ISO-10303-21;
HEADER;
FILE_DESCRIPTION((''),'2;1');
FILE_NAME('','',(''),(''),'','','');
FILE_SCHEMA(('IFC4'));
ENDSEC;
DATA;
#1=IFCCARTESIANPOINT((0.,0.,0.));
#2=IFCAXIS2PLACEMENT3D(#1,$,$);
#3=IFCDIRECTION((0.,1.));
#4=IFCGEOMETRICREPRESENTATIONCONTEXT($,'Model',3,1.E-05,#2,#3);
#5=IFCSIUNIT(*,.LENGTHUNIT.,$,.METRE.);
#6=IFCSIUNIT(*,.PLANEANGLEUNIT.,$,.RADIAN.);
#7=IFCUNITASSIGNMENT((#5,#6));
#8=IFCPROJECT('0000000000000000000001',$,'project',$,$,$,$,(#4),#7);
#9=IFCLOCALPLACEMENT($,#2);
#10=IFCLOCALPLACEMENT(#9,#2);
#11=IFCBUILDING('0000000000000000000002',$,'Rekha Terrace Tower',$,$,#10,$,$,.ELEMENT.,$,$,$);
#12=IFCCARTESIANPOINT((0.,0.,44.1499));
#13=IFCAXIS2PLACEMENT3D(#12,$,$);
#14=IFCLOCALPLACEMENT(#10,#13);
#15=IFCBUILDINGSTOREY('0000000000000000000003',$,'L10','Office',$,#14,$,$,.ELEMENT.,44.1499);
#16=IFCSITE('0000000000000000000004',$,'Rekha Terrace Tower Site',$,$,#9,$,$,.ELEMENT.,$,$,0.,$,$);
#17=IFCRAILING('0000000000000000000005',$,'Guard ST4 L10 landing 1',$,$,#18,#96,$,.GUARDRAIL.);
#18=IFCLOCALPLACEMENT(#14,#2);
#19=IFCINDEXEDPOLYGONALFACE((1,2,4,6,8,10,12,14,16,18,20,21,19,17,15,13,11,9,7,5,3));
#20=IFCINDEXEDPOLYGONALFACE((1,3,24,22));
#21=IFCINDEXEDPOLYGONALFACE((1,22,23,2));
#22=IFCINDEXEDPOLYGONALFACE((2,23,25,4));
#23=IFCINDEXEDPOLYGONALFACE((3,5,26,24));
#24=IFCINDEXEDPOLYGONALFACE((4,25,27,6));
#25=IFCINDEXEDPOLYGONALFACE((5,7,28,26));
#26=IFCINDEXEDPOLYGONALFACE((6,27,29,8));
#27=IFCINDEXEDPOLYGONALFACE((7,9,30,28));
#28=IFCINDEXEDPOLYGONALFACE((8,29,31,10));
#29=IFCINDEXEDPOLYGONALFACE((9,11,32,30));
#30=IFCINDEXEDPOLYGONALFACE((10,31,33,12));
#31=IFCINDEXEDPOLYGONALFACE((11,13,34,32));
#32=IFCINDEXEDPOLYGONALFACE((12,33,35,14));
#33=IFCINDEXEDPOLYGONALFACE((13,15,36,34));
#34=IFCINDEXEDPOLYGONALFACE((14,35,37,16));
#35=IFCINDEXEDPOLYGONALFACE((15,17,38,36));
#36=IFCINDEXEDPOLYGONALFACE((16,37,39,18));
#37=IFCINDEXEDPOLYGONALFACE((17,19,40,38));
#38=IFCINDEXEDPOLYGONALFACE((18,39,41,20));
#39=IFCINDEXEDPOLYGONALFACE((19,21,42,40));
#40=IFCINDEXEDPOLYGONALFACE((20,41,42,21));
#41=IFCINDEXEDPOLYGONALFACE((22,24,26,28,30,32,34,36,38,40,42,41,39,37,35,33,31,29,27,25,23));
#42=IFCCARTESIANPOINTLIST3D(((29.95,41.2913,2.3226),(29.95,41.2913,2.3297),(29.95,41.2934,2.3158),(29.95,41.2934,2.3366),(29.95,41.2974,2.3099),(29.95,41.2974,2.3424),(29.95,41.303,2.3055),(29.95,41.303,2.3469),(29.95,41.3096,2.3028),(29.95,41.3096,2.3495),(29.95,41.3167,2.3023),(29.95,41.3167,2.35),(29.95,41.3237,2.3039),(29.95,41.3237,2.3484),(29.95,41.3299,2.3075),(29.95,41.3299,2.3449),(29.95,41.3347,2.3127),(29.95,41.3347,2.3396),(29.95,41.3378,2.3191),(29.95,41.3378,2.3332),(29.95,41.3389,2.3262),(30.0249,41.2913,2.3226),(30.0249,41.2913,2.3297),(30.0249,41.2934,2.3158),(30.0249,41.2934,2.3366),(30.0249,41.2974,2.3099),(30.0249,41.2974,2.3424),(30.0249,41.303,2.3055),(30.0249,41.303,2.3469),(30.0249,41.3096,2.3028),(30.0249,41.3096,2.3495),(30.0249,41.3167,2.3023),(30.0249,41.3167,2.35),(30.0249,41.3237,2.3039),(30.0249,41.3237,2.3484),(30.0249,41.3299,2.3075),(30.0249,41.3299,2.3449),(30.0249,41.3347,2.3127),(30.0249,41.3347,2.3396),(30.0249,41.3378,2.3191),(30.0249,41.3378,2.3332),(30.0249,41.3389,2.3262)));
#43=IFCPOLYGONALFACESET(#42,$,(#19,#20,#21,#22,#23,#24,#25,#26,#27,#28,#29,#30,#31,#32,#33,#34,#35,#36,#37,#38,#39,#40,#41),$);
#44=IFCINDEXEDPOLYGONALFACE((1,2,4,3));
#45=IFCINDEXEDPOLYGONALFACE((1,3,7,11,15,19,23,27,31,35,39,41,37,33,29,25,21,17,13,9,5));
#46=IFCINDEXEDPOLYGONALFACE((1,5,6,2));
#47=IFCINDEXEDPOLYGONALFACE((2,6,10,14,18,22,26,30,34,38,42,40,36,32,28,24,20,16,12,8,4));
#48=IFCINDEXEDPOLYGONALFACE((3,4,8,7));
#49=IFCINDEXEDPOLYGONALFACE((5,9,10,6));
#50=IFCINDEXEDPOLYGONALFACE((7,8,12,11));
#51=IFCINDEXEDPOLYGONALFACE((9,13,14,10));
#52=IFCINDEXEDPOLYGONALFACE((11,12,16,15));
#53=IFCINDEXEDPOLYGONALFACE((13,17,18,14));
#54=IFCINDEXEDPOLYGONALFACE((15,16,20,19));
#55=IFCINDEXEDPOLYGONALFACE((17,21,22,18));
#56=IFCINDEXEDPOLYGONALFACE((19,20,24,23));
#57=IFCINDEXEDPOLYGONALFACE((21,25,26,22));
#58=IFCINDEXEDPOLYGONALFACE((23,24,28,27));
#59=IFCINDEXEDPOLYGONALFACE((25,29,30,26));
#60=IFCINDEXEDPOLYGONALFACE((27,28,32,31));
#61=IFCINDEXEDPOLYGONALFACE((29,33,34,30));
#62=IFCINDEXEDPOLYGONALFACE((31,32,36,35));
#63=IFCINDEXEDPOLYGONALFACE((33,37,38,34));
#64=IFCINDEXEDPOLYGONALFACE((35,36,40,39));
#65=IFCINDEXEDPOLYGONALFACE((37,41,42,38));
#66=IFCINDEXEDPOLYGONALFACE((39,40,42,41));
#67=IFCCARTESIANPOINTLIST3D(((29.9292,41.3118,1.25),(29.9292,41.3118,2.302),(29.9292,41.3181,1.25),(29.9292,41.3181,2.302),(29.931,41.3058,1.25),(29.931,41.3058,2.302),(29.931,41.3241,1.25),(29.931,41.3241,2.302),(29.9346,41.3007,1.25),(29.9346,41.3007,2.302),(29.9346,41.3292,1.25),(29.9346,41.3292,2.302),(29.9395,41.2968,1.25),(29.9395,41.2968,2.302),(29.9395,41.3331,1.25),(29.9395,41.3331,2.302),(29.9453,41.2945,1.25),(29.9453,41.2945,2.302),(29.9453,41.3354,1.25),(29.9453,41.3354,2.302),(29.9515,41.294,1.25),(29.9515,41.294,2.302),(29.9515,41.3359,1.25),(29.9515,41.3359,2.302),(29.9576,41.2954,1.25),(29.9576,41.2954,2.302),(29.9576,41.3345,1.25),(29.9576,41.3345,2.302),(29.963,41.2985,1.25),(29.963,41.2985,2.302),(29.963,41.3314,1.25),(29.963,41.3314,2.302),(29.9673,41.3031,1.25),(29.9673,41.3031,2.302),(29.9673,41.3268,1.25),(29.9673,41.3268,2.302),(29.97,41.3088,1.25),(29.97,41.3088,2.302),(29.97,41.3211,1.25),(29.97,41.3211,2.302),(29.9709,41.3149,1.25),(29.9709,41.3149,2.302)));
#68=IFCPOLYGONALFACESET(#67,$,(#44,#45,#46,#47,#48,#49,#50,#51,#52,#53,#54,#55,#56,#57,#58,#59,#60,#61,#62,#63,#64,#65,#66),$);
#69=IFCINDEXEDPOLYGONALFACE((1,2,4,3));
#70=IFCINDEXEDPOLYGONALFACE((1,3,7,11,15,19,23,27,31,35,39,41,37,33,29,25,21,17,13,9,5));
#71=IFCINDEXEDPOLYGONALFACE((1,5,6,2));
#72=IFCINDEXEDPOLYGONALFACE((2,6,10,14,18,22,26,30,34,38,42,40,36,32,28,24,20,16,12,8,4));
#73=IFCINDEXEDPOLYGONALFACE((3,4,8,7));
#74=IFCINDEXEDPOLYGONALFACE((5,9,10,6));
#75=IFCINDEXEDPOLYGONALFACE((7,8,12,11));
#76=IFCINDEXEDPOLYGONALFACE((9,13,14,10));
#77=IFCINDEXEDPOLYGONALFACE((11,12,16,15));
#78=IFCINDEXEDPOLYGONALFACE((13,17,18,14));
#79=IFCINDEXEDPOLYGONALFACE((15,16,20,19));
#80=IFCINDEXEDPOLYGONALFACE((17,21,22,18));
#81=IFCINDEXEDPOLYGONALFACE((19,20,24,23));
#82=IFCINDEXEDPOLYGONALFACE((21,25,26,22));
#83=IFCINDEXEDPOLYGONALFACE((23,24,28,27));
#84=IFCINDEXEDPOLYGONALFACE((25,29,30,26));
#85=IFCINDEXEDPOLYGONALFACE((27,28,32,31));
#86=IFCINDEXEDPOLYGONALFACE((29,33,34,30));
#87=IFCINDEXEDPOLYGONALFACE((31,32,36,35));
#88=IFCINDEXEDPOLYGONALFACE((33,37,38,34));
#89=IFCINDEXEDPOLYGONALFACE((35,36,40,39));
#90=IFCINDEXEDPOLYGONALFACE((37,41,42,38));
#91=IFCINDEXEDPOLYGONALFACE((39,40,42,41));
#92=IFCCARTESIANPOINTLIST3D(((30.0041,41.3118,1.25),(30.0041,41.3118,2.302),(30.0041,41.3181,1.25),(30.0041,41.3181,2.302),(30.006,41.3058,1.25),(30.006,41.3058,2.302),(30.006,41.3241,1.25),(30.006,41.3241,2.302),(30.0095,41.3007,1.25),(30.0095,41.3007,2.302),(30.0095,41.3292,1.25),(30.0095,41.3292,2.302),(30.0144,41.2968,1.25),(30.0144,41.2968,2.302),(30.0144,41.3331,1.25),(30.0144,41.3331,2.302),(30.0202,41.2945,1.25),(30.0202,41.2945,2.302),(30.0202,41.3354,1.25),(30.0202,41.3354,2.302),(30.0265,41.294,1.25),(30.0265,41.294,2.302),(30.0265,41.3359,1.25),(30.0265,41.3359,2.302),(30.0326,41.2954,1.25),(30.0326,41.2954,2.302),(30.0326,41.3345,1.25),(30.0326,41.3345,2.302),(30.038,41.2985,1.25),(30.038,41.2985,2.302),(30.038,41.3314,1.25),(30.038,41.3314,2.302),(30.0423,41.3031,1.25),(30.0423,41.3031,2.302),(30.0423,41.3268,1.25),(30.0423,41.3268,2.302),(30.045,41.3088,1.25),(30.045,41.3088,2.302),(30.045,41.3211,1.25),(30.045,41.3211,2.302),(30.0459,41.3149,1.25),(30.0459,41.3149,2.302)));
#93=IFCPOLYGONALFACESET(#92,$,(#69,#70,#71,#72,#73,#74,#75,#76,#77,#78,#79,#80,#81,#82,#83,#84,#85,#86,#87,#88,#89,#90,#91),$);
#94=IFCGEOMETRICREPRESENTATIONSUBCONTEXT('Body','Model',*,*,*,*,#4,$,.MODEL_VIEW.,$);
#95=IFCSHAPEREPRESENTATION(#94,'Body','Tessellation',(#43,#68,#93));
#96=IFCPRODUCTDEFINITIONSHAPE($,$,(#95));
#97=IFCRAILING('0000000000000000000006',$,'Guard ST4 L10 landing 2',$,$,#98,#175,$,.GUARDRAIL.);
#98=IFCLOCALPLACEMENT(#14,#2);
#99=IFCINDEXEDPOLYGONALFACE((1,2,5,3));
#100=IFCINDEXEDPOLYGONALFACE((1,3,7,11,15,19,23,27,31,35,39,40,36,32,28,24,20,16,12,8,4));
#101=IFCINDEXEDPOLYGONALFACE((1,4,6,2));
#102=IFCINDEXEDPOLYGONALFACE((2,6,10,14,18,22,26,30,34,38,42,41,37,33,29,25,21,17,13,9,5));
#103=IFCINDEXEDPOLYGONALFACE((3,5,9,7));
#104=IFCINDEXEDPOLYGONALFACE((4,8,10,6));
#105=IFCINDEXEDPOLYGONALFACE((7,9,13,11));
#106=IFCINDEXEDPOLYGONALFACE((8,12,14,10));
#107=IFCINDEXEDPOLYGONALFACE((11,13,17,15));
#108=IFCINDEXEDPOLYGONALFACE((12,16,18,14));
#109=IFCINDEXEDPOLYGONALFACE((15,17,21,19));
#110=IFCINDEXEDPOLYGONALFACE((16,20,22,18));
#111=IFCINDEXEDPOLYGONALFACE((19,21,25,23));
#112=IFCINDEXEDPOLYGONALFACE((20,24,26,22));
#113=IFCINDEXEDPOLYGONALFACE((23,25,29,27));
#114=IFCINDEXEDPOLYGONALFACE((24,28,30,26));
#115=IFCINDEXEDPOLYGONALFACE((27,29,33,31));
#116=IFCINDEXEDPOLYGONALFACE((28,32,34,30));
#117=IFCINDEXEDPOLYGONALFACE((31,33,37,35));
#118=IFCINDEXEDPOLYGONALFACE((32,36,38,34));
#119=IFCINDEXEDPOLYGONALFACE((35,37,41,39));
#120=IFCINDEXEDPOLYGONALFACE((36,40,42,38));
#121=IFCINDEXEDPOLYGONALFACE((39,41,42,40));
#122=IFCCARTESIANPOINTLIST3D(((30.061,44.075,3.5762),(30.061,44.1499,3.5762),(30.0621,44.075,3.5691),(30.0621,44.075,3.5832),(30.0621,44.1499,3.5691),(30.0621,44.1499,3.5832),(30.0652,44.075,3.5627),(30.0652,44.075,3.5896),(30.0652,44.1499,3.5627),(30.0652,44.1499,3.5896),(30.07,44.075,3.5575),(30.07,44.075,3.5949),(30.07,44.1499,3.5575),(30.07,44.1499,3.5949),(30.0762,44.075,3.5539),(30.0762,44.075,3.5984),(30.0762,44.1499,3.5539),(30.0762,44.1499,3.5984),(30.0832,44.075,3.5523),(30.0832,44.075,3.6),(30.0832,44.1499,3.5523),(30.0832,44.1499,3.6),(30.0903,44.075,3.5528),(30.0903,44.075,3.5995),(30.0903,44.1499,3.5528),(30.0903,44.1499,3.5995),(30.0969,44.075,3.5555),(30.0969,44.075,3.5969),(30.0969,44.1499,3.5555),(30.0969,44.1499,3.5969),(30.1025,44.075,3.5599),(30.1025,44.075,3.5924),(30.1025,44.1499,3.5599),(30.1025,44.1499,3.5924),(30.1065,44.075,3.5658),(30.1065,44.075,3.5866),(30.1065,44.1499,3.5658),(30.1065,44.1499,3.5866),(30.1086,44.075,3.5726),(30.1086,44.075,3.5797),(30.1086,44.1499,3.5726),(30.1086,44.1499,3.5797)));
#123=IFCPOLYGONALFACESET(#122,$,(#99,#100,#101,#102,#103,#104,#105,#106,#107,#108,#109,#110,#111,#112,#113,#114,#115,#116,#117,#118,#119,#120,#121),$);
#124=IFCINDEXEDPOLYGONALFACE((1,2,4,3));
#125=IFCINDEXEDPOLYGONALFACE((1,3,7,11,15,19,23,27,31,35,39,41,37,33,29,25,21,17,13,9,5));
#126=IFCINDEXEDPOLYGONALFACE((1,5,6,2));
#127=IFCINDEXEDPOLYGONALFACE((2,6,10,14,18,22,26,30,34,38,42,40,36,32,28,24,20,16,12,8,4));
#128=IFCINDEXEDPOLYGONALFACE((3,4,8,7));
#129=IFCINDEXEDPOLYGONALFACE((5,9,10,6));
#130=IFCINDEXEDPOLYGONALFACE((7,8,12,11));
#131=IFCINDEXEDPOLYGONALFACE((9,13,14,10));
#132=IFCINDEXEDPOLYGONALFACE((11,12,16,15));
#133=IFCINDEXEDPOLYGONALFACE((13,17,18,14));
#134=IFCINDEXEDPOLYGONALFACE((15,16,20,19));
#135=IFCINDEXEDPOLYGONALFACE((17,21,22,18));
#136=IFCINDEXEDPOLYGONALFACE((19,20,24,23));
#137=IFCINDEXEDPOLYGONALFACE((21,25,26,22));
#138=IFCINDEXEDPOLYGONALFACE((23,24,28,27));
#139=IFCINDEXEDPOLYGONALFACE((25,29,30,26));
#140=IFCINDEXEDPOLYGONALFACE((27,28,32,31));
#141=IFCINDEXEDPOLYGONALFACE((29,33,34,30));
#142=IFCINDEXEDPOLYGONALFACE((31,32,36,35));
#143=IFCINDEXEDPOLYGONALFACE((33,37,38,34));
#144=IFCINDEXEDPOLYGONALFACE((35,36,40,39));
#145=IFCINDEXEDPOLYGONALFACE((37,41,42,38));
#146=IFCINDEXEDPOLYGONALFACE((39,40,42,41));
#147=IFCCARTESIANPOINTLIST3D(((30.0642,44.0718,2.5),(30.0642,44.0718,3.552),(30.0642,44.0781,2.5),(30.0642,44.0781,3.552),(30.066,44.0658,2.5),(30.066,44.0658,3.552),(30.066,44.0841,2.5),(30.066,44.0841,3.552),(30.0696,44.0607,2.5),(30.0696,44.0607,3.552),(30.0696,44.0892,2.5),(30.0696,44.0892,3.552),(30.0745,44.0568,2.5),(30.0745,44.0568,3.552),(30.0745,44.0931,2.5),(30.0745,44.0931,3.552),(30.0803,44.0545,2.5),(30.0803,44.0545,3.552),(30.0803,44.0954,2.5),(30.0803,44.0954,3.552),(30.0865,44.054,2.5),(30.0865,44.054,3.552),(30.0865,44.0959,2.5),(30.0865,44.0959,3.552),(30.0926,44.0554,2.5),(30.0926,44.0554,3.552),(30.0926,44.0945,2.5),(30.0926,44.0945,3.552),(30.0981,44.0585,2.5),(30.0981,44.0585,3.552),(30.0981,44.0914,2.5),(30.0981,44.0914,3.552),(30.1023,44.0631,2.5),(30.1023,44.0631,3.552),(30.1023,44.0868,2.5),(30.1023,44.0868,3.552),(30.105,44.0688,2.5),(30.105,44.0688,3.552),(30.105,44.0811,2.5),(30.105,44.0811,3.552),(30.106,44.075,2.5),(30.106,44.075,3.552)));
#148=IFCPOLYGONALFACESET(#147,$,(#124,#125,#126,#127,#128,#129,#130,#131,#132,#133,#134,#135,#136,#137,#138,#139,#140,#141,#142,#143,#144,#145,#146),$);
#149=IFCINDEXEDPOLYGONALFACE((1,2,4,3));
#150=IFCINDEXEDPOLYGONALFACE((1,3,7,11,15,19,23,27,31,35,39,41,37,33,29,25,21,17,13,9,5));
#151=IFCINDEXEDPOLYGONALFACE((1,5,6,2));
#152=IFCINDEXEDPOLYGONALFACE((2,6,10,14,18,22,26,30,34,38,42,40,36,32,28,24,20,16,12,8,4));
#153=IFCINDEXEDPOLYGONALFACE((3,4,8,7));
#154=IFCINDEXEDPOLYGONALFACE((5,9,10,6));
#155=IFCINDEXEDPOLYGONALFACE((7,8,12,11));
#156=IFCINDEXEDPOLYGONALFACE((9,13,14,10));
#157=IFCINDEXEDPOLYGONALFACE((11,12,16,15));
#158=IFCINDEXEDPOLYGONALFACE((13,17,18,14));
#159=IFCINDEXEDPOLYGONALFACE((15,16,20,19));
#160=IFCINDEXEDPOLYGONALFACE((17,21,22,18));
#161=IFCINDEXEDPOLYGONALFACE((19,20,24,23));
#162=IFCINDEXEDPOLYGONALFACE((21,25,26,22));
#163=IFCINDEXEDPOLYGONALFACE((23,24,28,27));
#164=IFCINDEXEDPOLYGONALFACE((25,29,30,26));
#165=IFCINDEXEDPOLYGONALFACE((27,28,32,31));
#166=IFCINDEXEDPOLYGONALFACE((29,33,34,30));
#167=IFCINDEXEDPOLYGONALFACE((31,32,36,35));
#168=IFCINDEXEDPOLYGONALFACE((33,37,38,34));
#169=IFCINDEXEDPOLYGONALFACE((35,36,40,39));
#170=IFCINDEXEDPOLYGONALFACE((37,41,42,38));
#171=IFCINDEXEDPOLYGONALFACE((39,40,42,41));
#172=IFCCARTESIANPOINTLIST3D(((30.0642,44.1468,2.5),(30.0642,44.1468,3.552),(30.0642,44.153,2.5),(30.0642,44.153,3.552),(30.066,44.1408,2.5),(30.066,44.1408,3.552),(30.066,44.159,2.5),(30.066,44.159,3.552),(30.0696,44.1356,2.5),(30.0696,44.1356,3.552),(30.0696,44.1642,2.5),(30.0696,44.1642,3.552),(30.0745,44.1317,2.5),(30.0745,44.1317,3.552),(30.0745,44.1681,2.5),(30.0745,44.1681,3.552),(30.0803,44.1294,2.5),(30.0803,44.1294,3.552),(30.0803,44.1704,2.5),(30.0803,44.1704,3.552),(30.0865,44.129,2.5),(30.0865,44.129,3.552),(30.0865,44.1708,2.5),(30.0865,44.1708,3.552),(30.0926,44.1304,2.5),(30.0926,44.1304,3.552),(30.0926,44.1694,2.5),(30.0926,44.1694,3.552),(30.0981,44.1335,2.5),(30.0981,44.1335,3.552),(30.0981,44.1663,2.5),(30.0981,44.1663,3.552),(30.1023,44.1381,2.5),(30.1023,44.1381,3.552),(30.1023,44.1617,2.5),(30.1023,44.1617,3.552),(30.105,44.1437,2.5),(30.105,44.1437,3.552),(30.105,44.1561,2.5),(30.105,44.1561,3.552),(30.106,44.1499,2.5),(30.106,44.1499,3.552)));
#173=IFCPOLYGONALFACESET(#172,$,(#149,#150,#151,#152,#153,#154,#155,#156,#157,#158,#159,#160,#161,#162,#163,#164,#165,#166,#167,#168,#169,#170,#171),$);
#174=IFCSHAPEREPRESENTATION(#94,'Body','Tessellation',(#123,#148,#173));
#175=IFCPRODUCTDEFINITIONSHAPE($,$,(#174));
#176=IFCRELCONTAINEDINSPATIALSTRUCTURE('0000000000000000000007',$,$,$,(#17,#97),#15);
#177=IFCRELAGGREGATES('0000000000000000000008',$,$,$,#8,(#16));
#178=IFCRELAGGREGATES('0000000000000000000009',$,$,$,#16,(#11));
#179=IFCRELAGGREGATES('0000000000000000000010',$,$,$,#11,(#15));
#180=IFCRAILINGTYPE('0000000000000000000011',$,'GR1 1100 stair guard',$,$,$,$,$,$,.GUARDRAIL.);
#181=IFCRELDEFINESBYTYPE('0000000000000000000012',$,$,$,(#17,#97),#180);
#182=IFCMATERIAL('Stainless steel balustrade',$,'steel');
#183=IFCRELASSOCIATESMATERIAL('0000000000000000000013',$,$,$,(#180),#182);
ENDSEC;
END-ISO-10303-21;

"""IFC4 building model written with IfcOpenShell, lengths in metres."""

from ifc_helpers import new_model, si_unit, direction, frame, origin, origin_2d, place, context, subcontext, project, spatial, circle, extrude, material, type_object, element, save


model = new_model("IFC4")

# Units and contexts
model_context = context("Model", 3, precision=1e-05, world=origin(), true_north=direction((0.0, 1.0)))
body_context = subcontext(model_context, "Body", "Model", "MODEL_VIEW")
ifc_project = project(units=[si_unit("LENGTHUNIT", "METRE"), si_unit("PLANEANGLEUNIT", "RADIAN")], contexts=[model_context])

# Site, building, storey
site_placement = place(None, origin())
site = spatial("IfcSite", under=ifc_project, at=site_placement, Name="Rekha Terrace Tower Site", CompositionType="ELEMENT", RefElevation=0.0)
building_placement = place(site_placement, origin())
building = spatial("IfcBuilding", under=site, at=building_placement, Name="Rekha Terrace Tower", CompositionType="ELEMENT")
storey_placement = place(building_placement, frame((0.0, 0.0, 44.1499)))
storey = spatial("IfcBuildingStorey", under=building, at=storey_placement, Name="L10", Description="Office", CompositionType="ELEMENT", Elevation=44.1499)

# Railings
ifc_material_1 = material(Name="Stainless steel balustrade", Category="steel")
railing_type_1 = type_object("IfcRailingType", Name="GR1 1100 stair guard", PredefinedType="GUARDRAIL", material=ifc_material_1)
railing_1_placement = place(storey_placement, frame((29.95, 41.3149, 1.25)))
element("IfcRailing", 1, at=railing_1_placement, inside=storey, type_object=railing_type_1, Name="Guard ST4 L10 landing 1", PredefinedType="GUARDRAIL", context=body_context, shape_type="SweptSolid", body=[
    extrude(circle(Radius=0.0239, at=origin_2d()), frame((0.0, 0.0, 1.0762), z_axis=(1.0, 0.0, 0.0), x_axis=(0.0, 1.0, 0.0)), (0.0, 0.0, 1.0), 0.075),
    extrude(circle(Radius=0.021, at=origin_2d()), origin(), (0.0, 0.0, 1.0), 1.052),
    extrude(circle(Radius=0.021, at=origin_2d()), frame((0.075, 0.0, 0.0)), (0.0, 0.0, 1.0), 1.052),
])
railing_2_placement = place(storey_placement, frame((30.085, 44.075, 2.5)))
element("IfcRailing", 2, at=railing_2_placement, inside=storey, type_object=railing_type_1, Name="Guard ST4 L10 landing 2", PredefinedType="GUARDRAIL", context=body_context, shape_type="SweptSolid", body=[
    extrude(circle(Radius=0.0239, at=origin_2d()), frame((0.0, 0.0, 1.0762), z_axis=(0.0, 1.0, 0.0), x_axis=(-1.0, 0.0, 0.0)), (0.0, 0.0, 1.0), 0.075),
    extrude(circle(Radius=0.021, at=origin_2d()), origin(), (0.0, 0.0, 1.0), 1.052),
    extrude(circle(Radius=0.021, at=origin_2d()), frame((0.0, 0.075, 0.0)), (0.0, 0.0, 1.0), 1.052),
])

save(model, "model.ifc")
